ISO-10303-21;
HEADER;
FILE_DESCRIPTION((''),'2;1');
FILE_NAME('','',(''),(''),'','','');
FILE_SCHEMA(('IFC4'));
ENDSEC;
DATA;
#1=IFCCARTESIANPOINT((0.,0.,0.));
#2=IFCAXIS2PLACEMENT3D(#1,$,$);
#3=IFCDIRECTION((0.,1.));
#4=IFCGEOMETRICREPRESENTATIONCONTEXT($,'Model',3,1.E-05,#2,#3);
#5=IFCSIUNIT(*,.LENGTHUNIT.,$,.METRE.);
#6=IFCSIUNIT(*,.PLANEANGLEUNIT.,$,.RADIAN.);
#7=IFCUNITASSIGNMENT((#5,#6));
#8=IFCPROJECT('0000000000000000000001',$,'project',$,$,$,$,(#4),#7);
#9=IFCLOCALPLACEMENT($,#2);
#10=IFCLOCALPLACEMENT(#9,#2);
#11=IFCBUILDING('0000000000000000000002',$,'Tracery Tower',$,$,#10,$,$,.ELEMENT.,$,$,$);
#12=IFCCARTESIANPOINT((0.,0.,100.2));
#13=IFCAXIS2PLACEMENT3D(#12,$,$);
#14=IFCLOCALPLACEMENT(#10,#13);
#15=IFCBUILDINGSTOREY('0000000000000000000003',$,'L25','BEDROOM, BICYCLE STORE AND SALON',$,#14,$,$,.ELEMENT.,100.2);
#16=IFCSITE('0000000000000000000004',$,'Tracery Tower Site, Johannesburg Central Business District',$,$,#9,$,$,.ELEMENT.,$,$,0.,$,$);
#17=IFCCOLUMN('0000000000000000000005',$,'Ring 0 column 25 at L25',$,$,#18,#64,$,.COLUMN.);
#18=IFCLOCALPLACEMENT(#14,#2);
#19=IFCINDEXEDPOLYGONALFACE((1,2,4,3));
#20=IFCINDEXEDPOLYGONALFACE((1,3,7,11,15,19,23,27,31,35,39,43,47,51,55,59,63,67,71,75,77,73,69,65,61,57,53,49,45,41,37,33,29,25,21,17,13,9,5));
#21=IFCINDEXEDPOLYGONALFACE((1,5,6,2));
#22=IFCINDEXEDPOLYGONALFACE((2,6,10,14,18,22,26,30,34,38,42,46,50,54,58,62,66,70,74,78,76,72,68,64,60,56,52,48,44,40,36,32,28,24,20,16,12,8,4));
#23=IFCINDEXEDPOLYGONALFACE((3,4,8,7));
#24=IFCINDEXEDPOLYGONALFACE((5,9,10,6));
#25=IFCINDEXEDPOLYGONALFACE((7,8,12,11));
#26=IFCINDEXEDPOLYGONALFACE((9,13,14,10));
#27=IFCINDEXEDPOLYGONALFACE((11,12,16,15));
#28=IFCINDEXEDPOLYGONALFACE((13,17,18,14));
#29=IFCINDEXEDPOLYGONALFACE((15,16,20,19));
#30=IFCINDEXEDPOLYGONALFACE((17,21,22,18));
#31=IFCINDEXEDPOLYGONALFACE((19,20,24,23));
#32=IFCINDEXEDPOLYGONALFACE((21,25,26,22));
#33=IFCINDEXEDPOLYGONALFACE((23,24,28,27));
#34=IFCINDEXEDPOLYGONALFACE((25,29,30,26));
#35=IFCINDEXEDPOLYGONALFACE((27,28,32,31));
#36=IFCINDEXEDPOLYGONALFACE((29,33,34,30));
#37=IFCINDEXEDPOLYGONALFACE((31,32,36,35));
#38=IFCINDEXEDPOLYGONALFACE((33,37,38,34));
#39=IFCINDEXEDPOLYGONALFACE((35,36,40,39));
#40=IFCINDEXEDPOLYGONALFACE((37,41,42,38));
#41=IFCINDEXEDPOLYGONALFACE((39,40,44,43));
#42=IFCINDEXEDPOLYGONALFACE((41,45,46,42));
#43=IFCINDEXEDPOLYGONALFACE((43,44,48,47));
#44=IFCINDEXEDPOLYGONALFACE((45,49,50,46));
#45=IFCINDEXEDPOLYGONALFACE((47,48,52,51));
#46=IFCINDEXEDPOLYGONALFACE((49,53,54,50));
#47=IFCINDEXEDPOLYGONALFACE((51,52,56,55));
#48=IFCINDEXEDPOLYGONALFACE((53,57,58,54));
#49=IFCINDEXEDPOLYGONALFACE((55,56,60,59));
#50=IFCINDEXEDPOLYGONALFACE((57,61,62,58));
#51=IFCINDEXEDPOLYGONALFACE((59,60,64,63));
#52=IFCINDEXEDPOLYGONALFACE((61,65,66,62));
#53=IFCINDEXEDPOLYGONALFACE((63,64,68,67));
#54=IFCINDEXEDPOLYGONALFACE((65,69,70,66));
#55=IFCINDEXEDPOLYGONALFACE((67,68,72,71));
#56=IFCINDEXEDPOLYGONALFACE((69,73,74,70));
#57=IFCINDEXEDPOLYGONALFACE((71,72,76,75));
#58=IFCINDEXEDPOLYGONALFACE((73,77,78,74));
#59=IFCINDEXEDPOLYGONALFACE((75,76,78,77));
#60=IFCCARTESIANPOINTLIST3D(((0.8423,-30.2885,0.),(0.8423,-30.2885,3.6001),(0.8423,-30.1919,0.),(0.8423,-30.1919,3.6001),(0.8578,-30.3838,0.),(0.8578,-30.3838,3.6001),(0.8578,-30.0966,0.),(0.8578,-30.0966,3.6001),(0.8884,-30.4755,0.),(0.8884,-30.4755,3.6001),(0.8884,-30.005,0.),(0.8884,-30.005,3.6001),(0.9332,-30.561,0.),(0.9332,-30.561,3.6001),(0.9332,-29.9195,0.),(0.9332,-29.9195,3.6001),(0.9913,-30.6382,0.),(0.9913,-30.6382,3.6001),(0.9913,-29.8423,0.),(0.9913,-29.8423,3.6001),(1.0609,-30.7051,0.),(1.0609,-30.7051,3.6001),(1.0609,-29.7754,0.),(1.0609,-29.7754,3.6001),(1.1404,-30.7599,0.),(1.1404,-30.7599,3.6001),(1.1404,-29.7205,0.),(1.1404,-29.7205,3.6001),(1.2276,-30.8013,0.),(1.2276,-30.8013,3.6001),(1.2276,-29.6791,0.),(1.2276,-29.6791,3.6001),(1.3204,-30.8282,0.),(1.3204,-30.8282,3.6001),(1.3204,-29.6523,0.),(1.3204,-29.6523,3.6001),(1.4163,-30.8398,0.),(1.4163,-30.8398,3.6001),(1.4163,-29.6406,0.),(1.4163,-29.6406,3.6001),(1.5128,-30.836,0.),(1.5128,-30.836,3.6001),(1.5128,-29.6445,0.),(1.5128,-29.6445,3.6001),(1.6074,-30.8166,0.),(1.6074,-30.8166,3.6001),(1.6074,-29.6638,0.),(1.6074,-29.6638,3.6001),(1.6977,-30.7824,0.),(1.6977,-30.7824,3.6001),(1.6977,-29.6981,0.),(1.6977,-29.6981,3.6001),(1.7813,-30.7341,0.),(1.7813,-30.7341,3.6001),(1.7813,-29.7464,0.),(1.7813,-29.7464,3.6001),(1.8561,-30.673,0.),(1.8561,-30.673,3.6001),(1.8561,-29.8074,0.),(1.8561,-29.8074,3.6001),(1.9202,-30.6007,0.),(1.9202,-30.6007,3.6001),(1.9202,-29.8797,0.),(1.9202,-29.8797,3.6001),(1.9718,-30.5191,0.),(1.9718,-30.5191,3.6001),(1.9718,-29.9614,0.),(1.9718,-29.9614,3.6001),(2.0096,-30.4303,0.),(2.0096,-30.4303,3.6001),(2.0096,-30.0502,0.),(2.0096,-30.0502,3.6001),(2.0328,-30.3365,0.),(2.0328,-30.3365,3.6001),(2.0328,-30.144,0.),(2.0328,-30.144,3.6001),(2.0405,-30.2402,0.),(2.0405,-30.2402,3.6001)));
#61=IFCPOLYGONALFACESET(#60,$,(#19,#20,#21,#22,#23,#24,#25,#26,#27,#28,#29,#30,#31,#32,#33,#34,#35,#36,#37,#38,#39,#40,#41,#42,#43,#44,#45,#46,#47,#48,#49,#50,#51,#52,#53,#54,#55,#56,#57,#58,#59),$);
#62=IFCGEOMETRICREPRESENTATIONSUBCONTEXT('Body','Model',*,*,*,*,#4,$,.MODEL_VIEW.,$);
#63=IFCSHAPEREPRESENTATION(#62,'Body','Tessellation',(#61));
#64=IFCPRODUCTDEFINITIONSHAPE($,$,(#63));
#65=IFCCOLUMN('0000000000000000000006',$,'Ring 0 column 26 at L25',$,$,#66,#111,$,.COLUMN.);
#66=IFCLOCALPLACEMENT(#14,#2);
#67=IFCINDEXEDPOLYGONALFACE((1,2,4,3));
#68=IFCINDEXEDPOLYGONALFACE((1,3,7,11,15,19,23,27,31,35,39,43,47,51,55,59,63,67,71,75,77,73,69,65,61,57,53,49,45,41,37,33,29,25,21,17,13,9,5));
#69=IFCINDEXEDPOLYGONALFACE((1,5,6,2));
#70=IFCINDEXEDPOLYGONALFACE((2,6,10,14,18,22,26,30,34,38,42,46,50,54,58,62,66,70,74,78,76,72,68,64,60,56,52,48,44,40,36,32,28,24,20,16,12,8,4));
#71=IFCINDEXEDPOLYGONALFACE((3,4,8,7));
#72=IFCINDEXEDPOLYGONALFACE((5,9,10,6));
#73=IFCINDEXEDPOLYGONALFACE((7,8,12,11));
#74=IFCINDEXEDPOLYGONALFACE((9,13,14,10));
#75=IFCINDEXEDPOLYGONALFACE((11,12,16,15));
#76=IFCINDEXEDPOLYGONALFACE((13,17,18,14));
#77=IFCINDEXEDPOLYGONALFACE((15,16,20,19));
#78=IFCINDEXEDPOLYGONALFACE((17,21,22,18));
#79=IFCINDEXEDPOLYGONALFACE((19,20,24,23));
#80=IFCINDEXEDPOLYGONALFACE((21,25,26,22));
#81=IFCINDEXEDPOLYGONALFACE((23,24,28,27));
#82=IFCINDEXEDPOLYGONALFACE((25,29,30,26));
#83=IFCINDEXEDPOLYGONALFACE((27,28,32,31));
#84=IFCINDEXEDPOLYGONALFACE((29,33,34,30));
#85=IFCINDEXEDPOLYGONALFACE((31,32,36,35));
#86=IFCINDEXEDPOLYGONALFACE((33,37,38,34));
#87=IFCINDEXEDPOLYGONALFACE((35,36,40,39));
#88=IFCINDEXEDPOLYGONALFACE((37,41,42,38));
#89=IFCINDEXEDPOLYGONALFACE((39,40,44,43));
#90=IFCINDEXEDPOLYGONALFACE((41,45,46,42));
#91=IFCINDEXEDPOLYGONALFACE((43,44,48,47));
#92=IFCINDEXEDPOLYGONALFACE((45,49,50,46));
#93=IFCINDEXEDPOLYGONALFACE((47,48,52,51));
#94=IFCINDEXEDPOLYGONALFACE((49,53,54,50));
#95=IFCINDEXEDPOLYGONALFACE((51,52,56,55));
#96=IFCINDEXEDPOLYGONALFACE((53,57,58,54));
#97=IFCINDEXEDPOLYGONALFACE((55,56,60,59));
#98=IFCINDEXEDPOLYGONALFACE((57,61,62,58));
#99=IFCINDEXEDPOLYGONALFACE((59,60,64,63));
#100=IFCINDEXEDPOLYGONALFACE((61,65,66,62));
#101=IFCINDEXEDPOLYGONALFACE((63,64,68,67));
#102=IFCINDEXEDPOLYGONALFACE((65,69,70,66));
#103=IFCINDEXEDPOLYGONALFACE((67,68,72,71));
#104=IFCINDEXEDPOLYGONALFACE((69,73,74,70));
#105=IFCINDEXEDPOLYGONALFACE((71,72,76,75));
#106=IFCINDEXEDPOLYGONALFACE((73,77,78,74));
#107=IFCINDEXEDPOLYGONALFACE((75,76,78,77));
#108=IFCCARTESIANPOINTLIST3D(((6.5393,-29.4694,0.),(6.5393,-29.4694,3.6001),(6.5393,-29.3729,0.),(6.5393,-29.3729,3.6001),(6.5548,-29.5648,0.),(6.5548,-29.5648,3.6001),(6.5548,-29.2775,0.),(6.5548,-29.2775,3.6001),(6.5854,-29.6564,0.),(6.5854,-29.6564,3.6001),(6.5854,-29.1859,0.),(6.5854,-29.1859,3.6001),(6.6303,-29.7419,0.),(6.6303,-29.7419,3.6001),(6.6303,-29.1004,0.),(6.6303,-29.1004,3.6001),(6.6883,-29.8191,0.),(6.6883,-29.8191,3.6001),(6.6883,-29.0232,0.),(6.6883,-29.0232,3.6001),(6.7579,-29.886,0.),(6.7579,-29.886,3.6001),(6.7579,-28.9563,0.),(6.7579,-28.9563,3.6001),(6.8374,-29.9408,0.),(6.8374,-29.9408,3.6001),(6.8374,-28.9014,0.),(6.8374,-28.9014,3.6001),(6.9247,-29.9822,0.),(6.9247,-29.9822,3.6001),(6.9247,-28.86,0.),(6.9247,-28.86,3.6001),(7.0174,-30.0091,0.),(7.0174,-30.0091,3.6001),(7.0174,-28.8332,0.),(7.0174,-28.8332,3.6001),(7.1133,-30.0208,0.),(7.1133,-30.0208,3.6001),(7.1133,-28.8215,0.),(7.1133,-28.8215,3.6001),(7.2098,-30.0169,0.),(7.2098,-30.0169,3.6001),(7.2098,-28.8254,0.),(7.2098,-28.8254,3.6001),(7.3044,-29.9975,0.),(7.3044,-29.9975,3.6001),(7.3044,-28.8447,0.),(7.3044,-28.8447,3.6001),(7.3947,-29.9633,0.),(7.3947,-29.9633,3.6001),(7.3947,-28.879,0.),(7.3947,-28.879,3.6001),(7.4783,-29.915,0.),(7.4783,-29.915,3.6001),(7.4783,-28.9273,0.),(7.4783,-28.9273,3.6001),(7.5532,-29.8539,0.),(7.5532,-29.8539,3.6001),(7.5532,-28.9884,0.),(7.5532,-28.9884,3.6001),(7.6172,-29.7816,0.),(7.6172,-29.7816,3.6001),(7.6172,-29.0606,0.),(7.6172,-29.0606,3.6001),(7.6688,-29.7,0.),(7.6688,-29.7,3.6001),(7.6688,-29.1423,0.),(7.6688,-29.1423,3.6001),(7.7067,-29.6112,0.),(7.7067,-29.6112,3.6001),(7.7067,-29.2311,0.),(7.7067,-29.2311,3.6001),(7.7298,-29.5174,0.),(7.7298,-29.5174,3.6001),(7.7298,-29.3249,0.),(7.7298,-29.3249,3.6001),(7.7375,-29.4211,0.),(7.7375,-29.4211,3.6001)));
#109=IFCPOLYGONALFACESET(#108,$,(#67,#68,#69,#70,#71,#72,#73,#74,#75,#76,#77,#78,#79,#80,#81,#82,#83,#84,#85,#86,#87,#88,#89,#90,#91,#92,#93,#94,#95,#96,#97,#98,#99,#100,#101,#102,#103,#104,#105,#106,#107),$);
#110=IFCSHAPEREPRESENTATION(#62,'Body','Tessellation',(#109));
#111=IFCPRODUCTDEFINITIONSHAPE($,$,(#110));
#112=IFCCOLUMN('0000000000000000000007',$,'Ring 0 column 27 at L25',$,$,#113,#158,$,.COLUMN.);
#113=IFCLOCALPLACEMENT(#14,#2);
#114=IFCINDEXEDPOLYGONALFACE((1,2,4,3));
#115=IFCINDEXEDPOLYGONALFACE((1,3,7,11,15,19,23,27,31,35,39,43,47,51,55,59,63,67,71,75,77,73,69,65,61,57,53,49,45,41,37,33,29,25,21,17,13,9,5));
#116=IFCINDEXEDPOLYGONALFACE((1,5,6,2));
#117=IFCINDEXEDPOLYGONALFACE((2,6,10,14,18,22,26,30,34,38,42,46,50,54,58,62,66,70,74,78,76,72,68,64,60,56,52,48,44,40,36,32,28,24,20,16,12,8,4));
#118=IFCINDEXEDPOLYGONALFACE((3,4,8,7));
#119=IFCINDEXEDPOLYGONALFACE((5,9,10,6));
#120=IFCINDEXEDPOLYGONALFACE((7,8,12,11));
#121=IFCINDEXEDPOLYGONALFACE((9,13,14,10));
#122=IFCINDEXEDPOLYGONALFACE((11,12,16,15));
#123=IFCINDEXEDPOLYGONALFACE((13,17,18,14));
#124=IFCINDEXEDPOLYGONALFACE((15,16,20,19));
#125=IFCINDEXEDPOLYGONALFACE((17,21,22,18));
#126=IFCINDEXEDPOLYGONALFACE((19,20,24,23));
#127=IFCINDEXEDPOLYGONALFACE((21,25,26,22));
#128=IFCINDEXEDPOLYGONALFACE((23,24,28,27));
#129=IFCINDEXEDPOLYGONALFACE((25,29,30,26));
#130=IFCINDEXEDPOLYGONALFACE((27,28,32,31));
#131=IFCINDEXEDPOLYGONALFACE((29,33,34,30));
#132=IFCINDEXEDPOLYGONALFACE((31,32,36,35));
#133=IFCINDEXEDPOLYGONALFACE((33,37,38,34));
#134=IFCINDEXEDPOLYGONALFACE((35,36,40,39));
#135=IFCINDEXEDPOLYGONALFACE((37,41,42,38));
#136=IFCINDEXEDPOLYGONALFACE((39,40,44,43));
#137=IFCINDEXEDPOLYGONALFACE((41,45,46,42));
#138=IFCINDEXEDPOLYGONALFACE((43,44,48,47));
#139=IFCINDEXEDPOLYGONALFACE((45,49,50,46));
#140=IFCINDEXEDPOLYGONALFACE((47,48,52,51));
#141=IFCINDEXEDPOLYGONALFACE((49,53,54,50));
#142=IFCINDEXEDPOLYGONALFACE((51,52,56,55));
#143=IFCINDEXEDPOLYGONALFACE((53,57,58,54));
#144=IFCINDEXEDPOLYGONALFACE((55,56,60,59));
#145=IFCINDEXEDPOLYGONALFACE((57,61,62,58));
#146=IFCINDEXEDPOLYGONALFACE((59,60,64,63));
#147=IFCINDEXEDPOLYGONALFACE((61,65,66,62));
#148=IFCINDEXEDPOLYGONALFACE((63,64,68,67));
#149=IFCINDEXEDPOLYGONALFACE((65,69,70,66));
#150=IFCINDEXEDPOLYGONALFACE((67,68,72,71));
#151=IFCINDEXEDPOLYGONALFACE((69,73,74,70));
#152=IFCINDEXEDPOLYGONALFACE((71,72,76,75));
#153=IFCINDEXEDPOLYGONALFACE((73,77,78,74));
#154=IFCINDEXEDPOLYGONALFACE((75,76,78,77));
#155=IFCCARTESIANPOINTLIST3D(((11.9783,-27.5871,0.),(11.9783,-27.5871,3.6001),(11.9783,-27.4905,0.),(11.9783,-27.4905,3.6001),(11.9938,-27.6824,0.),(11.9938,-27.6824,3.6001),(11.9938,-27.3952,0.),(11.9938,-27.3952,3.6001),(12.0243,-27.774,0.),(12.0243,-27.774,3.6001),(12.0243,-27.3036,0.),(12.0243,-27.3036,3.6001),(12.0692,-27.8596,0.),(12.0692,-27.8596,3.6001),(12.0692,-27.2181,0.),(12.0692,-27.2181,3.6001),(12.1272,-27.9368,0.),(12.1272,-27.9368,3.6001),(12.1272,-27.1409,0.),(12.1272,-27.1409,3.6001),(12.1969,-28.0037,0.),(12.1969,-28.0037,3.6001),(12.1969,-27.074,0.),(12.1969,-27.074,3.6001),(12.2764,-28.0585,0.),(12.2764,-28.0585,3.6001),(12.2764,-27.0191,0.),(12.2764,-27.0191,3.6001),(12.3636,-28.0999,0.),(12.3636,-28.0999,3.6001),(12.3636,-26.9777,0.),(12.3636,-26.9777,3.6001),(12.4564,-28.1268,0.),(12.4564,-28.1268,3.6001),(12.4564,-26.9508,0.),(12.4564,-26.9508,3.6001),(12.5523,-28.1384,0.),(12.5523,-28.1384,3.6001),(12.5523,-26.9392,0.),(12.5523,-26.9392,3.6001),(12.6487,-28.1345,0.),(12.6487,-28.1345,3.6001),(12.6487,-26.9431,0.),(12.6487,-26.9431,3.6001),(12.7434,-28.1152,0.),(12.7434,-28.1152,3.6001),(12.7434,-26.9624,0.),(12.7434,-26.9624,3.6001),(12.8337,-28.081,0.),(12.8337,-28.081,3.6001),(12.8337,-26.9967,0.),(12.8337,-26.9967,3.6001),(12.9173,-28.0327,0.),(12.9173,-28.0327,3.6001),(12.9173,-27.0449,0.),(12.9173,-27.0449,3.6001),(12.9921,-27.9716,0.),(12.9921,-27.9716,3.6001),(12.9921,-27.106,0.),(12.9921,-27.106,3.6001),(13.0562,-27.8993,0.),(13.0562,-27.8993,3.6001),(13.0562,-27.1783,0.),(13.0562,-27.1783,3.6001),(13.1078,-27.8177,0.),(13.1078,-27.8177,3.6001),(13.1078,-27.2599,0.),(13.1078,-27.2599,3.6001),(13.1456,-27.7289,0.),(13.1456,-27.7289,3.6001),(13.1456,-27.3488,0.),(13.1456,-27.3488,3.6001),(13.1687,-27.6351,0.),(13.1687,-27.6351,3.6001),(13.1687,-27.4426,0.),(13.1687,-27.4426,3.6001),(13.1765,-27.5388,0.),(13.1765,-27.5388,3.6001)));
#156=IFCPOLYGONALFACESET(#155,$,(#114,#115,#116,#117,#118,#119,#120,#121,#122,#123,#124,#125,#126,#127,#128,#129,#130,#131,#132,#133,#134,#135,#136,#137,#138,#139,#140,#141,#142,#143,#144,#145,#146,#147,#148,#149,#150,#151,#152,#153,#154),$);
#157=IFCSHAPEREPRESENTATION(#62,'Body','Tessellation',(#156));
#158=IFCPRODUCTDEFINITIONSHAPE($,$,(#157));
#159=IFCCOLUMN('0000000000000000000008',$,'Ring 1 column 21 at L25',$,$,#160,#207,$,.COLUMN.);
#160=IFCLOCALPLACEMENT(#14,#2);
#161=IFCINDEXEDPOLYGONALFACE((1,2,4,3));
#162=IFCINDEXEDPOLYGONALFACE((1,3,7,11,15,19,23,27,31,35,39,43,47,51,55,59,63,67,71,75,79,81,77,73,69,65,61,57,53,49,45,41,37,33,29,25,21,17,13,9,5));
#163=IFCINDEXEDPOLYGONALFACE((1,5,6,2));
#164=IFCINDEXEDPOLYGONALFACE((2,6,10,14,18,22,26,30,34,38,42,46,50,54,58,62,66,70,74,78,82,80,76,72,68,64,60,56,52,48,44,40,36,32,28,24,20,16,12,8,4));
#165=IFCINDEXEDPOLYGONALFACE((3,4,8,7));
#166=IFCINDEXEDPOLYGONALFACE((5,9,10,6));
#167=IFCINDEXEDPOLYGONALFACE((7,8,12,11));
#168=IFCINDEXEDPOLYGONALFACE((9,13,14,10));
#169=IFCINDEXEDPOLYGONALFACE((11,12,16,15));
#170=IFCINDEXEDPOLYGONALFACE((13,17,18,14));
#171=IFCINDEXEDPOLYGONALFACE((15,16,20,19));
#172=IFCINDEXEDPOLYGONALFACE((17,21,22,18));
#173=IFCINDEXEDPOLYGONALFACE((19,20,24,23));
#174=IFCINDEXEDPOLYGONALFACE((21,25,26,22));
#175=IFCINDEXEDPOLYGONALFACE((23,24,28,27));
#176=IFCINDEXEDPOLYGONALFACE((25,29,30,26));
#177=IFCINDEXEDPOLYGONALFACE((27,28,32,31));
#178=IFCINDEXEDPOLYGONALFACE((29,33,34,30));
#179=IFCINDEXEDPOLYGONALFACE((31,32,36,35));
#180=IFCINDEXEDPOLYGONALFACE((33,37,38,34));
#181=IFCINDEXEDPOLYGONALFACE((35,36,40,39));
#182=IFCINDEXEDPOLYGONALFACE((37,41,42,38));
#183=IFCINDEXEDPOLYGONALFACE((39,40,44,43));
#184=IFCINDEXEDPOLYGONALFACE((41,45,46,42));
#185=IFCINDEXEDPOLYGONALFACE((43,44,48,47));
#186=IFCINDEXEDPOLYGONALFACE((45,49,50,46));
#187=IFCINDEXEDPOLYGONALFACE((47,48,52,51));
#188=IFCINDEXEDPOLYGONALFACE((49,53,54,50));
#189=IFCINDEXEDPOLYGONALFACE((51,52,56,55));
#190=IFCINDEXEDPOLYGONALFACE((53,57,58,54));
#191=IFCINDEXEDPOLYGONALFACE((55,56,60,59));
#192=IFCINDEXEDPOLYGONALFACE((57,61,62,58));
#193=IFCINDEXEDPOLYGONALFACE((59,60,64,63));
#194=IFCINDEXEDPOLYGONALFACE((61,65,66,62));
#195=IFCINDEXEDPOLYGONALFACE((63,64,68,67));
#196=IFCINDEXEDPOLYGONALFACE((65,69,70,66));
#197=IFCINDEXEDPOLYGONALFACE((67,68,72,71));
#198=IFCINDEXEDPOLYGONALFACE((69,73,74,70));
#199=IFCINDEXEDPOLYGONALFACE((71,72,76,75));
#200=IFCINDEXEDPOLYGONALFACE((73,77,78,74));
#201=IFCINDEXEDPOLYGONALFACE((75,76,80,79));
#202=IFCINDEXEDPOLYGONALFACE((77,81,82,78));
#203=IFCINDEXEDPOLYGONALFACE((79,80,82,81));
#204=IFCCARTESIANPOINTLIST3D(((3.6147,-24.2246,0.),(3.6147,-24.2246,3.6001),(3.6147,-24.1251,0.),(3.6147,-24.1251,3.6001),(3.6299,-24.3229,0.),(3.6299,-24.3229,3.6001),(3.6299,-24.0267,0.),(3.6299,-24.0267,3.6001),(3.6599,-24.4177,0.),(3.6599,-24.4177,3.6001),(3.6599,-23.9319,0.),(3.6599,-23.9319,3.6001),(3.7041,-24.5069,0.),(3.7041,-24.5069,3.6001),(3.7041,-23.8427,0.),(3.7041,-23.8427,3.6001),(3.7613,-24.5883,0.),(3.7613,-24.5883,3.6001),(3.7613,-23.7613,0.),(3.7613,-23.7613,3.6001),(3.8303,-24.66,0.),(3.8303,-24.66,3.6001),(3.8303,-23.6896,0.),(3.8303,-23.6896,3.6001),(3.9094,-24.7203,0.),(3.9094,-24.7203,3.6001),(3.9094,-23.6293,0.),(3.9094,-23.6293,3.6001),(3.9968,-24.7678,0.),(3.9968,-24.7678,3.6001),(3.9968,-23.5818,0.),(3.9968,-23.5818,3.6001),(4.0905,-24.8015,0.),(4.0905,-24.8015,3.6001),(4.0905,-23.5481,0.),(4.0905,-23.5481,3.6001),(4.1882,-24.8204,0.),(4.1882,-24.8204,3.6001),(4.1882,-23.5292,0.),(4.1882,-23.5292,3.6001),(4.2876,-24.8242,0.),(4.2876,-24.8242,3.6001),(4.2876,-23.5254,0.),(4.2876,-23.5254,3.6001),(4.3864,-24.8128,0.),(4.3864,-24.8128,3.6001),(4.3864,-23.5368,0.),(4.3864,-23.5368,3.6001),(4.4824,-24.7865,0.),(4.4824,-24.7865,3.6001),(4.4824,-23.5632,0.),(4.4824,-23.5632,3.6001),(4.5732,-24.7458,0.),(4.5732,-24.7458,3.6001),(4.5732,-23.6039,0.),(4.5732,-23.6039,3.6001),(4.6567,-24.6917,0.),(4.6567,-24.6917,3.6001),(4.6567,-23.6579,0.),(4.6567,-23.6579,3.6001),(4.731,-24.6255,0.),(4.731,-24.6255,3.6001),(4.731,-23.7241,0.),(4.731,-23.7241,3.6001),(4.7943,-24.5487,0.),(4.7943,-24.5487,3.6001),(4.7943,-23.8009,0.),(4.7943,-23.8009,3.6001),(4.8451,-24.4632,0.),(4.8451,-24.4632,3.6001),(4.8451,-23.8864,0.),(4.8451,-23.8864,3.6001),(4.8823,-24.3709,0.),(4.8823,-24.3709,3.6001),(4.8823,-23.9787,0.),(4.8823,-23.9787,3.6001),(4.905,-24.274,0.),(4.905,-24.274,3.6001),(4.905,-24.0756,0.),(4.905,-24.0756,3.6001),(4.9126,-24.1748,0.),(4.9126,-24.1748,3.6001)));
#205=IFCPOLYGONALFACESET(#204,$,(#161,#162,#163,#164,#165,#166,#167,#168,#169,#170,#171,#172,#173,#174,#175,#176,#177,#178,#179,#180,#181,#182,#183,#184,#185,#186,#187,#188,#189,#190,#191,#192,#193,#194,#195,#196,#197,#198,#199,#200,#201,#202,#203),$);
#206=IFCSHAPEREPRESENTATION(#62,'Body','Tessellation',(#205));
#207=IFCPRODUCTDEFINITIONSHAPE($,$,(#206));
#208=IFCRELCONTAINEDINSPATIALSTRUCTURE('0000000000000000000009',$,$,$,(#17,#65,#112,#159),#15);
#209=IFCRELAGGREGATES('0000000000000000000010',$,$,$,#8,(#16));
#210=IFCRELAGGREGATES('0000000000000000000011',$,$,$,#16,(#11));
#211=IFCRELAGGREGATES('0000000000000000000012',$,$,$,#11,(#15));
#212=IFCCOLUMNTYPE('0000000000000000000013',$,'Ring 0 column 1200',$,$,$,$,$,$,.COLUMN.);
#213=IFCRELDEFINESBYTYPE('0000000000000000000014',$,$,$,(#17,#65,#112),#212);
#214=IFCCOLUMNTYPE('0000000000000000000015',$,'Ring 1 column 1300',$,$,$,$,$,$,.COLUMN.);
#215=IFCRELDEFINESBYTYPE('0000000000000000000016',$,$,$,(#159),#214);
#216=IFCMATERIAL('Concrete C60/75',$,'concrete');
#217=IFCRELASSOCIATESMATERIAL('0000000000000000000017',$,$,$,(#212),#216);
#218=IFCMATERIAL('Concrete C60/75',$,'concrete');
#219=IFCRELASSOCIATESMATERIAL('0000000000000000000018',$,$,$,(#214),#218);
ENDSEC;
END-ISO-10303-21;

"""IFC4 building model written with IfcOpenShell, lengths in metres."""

from ifc_helpers import new_model, si_unit, direction, frame, origin, origin_2d, place, context, subcontext, project, spatial, circle, extrude, material, material_profile, profile_set, type_object, element, save


model = new_model("IFC4")

# Units and contexts
model_context = context("Model", 3, precision=1e-05, world=origin(), true_north=direction((0.0, 1.0)))
body_context = subcontext(model_context, "Body", "Model", "MODEL_VIEW")
ifc_project = project(units=[si_unit("LENGTHUNIT", "METRE"), si_unit("PLANEANGLEUNIT", "RADIAN")], contexts=[model_context])

# Site, building, storey
site_placement = place(None, origin())
site = spatial("IfcSite", under=ifc_project, at=site_placement, Name="Tracery Tower Site, Johannesburg Central Business District", CompositionType="ELEMENT", RefElevation=0.0)
building_placement = place(site_placement, origin())
building = spatial("IfcBuilding", under=site, at=building_placement, Name="Tracery Tower", CompositionType="ELEMENT")
storey_placement = place(building_placement, frame((0.0, 0.0, 100.2)))
storey = spatial("IfcBuildingStorey", under=building, at=storey_placement, Name="L25", Description="BEDROOM, BICYCLE STORE AND SALON", CompositionType="ELEMENT", Elevation=100.2)

# Columns
ifc_material_1 = material(Name="Concrete C60/75", Category="concrete")
ifc_material_profile_1 = material_profile(ifc_material_1, circle(Radius=0.6001, at=origin_2d()), Name="RC D1200")
ifc_profile_set_1 = profile_set([ifc_material_profile_1], Name="Concrete C60/75")
column_type_1 = type_object("IfcColumnType", Name="Ring 0 column 1200", PredefinedType="COLUMN", material=ifc_profile_set_1)
for number, where, z_axis, x_axis, name in (
    (1, (1.4404, -30.2402, 0.0), (0.0, 0.0, 1.0), (1.0, 0.0, 0.0), "Ring 0 column 25 at L25"),
    (2, (7.1375, -29.4211, 0.0), (0.0, 0.0, 1.0), (1.0, 0.0, 0.0), "Ring 0 column 26 at L25"),
    (3, (12.5764, -27.5388, 0.0), (0.0, 0.0, 1.0), (1.0, 0.0, 0.0), "Ring 0 column 27 at L25"),
):
    element("IfcColumn", number, at=place(storey_placement, frame(where, z_axis=z_axis, x_axis=x_axis)), inside=storey, type_object=column_type_1, Name=name, PredefinedType="COLUMN", context=body_context, shape_type="SweptSolid", body=[
        extrude(circle(Radius=0.6001, at=origin_2d()), origin(), (0.0, 0.0, 1.0), 3.6001),
    ])
ifc_material_2 = material(Name="Concrete C60/75", Category="concrete")
ifc_material_profile_2 = material_profile(ifc_material_2, circle(Radius=0.6499, at=origin_2d()), Name="RC D1300")
ifc_profile_set_2 = profile_set([ifc_material_profile_2], Name="Concrete C60/75")
column_type_2 = type_object("IfcColumnType", Name="Ring 1 column 1300", PredefinedType="COLUMN", material=ifc_profile_set_2)
for number, where, z_axis, x_axis, name in (
    (4, (4.2627, -24.1748, 0.0), (0.0, 0.0, 1.0), (1.0, 0.0, 0.0), "Ring 1 column 21 at L25"),
):
    element("IfcColumn", number, at=place(storey_placement, frame(where, z_axis=z_axis, x_axis=x_axis)), inside=storey, type_object=column_type_2, Name=name, PredefinedType="COLUMN", context=body_context, shape_type="SweptSolid", body=[
        extrude(circle(Radius=0.6499, at=origin_2d()), origin(), (0.0, 0.0, 1.0), 3.6001),
    ])

save(model, "model.ifc")
